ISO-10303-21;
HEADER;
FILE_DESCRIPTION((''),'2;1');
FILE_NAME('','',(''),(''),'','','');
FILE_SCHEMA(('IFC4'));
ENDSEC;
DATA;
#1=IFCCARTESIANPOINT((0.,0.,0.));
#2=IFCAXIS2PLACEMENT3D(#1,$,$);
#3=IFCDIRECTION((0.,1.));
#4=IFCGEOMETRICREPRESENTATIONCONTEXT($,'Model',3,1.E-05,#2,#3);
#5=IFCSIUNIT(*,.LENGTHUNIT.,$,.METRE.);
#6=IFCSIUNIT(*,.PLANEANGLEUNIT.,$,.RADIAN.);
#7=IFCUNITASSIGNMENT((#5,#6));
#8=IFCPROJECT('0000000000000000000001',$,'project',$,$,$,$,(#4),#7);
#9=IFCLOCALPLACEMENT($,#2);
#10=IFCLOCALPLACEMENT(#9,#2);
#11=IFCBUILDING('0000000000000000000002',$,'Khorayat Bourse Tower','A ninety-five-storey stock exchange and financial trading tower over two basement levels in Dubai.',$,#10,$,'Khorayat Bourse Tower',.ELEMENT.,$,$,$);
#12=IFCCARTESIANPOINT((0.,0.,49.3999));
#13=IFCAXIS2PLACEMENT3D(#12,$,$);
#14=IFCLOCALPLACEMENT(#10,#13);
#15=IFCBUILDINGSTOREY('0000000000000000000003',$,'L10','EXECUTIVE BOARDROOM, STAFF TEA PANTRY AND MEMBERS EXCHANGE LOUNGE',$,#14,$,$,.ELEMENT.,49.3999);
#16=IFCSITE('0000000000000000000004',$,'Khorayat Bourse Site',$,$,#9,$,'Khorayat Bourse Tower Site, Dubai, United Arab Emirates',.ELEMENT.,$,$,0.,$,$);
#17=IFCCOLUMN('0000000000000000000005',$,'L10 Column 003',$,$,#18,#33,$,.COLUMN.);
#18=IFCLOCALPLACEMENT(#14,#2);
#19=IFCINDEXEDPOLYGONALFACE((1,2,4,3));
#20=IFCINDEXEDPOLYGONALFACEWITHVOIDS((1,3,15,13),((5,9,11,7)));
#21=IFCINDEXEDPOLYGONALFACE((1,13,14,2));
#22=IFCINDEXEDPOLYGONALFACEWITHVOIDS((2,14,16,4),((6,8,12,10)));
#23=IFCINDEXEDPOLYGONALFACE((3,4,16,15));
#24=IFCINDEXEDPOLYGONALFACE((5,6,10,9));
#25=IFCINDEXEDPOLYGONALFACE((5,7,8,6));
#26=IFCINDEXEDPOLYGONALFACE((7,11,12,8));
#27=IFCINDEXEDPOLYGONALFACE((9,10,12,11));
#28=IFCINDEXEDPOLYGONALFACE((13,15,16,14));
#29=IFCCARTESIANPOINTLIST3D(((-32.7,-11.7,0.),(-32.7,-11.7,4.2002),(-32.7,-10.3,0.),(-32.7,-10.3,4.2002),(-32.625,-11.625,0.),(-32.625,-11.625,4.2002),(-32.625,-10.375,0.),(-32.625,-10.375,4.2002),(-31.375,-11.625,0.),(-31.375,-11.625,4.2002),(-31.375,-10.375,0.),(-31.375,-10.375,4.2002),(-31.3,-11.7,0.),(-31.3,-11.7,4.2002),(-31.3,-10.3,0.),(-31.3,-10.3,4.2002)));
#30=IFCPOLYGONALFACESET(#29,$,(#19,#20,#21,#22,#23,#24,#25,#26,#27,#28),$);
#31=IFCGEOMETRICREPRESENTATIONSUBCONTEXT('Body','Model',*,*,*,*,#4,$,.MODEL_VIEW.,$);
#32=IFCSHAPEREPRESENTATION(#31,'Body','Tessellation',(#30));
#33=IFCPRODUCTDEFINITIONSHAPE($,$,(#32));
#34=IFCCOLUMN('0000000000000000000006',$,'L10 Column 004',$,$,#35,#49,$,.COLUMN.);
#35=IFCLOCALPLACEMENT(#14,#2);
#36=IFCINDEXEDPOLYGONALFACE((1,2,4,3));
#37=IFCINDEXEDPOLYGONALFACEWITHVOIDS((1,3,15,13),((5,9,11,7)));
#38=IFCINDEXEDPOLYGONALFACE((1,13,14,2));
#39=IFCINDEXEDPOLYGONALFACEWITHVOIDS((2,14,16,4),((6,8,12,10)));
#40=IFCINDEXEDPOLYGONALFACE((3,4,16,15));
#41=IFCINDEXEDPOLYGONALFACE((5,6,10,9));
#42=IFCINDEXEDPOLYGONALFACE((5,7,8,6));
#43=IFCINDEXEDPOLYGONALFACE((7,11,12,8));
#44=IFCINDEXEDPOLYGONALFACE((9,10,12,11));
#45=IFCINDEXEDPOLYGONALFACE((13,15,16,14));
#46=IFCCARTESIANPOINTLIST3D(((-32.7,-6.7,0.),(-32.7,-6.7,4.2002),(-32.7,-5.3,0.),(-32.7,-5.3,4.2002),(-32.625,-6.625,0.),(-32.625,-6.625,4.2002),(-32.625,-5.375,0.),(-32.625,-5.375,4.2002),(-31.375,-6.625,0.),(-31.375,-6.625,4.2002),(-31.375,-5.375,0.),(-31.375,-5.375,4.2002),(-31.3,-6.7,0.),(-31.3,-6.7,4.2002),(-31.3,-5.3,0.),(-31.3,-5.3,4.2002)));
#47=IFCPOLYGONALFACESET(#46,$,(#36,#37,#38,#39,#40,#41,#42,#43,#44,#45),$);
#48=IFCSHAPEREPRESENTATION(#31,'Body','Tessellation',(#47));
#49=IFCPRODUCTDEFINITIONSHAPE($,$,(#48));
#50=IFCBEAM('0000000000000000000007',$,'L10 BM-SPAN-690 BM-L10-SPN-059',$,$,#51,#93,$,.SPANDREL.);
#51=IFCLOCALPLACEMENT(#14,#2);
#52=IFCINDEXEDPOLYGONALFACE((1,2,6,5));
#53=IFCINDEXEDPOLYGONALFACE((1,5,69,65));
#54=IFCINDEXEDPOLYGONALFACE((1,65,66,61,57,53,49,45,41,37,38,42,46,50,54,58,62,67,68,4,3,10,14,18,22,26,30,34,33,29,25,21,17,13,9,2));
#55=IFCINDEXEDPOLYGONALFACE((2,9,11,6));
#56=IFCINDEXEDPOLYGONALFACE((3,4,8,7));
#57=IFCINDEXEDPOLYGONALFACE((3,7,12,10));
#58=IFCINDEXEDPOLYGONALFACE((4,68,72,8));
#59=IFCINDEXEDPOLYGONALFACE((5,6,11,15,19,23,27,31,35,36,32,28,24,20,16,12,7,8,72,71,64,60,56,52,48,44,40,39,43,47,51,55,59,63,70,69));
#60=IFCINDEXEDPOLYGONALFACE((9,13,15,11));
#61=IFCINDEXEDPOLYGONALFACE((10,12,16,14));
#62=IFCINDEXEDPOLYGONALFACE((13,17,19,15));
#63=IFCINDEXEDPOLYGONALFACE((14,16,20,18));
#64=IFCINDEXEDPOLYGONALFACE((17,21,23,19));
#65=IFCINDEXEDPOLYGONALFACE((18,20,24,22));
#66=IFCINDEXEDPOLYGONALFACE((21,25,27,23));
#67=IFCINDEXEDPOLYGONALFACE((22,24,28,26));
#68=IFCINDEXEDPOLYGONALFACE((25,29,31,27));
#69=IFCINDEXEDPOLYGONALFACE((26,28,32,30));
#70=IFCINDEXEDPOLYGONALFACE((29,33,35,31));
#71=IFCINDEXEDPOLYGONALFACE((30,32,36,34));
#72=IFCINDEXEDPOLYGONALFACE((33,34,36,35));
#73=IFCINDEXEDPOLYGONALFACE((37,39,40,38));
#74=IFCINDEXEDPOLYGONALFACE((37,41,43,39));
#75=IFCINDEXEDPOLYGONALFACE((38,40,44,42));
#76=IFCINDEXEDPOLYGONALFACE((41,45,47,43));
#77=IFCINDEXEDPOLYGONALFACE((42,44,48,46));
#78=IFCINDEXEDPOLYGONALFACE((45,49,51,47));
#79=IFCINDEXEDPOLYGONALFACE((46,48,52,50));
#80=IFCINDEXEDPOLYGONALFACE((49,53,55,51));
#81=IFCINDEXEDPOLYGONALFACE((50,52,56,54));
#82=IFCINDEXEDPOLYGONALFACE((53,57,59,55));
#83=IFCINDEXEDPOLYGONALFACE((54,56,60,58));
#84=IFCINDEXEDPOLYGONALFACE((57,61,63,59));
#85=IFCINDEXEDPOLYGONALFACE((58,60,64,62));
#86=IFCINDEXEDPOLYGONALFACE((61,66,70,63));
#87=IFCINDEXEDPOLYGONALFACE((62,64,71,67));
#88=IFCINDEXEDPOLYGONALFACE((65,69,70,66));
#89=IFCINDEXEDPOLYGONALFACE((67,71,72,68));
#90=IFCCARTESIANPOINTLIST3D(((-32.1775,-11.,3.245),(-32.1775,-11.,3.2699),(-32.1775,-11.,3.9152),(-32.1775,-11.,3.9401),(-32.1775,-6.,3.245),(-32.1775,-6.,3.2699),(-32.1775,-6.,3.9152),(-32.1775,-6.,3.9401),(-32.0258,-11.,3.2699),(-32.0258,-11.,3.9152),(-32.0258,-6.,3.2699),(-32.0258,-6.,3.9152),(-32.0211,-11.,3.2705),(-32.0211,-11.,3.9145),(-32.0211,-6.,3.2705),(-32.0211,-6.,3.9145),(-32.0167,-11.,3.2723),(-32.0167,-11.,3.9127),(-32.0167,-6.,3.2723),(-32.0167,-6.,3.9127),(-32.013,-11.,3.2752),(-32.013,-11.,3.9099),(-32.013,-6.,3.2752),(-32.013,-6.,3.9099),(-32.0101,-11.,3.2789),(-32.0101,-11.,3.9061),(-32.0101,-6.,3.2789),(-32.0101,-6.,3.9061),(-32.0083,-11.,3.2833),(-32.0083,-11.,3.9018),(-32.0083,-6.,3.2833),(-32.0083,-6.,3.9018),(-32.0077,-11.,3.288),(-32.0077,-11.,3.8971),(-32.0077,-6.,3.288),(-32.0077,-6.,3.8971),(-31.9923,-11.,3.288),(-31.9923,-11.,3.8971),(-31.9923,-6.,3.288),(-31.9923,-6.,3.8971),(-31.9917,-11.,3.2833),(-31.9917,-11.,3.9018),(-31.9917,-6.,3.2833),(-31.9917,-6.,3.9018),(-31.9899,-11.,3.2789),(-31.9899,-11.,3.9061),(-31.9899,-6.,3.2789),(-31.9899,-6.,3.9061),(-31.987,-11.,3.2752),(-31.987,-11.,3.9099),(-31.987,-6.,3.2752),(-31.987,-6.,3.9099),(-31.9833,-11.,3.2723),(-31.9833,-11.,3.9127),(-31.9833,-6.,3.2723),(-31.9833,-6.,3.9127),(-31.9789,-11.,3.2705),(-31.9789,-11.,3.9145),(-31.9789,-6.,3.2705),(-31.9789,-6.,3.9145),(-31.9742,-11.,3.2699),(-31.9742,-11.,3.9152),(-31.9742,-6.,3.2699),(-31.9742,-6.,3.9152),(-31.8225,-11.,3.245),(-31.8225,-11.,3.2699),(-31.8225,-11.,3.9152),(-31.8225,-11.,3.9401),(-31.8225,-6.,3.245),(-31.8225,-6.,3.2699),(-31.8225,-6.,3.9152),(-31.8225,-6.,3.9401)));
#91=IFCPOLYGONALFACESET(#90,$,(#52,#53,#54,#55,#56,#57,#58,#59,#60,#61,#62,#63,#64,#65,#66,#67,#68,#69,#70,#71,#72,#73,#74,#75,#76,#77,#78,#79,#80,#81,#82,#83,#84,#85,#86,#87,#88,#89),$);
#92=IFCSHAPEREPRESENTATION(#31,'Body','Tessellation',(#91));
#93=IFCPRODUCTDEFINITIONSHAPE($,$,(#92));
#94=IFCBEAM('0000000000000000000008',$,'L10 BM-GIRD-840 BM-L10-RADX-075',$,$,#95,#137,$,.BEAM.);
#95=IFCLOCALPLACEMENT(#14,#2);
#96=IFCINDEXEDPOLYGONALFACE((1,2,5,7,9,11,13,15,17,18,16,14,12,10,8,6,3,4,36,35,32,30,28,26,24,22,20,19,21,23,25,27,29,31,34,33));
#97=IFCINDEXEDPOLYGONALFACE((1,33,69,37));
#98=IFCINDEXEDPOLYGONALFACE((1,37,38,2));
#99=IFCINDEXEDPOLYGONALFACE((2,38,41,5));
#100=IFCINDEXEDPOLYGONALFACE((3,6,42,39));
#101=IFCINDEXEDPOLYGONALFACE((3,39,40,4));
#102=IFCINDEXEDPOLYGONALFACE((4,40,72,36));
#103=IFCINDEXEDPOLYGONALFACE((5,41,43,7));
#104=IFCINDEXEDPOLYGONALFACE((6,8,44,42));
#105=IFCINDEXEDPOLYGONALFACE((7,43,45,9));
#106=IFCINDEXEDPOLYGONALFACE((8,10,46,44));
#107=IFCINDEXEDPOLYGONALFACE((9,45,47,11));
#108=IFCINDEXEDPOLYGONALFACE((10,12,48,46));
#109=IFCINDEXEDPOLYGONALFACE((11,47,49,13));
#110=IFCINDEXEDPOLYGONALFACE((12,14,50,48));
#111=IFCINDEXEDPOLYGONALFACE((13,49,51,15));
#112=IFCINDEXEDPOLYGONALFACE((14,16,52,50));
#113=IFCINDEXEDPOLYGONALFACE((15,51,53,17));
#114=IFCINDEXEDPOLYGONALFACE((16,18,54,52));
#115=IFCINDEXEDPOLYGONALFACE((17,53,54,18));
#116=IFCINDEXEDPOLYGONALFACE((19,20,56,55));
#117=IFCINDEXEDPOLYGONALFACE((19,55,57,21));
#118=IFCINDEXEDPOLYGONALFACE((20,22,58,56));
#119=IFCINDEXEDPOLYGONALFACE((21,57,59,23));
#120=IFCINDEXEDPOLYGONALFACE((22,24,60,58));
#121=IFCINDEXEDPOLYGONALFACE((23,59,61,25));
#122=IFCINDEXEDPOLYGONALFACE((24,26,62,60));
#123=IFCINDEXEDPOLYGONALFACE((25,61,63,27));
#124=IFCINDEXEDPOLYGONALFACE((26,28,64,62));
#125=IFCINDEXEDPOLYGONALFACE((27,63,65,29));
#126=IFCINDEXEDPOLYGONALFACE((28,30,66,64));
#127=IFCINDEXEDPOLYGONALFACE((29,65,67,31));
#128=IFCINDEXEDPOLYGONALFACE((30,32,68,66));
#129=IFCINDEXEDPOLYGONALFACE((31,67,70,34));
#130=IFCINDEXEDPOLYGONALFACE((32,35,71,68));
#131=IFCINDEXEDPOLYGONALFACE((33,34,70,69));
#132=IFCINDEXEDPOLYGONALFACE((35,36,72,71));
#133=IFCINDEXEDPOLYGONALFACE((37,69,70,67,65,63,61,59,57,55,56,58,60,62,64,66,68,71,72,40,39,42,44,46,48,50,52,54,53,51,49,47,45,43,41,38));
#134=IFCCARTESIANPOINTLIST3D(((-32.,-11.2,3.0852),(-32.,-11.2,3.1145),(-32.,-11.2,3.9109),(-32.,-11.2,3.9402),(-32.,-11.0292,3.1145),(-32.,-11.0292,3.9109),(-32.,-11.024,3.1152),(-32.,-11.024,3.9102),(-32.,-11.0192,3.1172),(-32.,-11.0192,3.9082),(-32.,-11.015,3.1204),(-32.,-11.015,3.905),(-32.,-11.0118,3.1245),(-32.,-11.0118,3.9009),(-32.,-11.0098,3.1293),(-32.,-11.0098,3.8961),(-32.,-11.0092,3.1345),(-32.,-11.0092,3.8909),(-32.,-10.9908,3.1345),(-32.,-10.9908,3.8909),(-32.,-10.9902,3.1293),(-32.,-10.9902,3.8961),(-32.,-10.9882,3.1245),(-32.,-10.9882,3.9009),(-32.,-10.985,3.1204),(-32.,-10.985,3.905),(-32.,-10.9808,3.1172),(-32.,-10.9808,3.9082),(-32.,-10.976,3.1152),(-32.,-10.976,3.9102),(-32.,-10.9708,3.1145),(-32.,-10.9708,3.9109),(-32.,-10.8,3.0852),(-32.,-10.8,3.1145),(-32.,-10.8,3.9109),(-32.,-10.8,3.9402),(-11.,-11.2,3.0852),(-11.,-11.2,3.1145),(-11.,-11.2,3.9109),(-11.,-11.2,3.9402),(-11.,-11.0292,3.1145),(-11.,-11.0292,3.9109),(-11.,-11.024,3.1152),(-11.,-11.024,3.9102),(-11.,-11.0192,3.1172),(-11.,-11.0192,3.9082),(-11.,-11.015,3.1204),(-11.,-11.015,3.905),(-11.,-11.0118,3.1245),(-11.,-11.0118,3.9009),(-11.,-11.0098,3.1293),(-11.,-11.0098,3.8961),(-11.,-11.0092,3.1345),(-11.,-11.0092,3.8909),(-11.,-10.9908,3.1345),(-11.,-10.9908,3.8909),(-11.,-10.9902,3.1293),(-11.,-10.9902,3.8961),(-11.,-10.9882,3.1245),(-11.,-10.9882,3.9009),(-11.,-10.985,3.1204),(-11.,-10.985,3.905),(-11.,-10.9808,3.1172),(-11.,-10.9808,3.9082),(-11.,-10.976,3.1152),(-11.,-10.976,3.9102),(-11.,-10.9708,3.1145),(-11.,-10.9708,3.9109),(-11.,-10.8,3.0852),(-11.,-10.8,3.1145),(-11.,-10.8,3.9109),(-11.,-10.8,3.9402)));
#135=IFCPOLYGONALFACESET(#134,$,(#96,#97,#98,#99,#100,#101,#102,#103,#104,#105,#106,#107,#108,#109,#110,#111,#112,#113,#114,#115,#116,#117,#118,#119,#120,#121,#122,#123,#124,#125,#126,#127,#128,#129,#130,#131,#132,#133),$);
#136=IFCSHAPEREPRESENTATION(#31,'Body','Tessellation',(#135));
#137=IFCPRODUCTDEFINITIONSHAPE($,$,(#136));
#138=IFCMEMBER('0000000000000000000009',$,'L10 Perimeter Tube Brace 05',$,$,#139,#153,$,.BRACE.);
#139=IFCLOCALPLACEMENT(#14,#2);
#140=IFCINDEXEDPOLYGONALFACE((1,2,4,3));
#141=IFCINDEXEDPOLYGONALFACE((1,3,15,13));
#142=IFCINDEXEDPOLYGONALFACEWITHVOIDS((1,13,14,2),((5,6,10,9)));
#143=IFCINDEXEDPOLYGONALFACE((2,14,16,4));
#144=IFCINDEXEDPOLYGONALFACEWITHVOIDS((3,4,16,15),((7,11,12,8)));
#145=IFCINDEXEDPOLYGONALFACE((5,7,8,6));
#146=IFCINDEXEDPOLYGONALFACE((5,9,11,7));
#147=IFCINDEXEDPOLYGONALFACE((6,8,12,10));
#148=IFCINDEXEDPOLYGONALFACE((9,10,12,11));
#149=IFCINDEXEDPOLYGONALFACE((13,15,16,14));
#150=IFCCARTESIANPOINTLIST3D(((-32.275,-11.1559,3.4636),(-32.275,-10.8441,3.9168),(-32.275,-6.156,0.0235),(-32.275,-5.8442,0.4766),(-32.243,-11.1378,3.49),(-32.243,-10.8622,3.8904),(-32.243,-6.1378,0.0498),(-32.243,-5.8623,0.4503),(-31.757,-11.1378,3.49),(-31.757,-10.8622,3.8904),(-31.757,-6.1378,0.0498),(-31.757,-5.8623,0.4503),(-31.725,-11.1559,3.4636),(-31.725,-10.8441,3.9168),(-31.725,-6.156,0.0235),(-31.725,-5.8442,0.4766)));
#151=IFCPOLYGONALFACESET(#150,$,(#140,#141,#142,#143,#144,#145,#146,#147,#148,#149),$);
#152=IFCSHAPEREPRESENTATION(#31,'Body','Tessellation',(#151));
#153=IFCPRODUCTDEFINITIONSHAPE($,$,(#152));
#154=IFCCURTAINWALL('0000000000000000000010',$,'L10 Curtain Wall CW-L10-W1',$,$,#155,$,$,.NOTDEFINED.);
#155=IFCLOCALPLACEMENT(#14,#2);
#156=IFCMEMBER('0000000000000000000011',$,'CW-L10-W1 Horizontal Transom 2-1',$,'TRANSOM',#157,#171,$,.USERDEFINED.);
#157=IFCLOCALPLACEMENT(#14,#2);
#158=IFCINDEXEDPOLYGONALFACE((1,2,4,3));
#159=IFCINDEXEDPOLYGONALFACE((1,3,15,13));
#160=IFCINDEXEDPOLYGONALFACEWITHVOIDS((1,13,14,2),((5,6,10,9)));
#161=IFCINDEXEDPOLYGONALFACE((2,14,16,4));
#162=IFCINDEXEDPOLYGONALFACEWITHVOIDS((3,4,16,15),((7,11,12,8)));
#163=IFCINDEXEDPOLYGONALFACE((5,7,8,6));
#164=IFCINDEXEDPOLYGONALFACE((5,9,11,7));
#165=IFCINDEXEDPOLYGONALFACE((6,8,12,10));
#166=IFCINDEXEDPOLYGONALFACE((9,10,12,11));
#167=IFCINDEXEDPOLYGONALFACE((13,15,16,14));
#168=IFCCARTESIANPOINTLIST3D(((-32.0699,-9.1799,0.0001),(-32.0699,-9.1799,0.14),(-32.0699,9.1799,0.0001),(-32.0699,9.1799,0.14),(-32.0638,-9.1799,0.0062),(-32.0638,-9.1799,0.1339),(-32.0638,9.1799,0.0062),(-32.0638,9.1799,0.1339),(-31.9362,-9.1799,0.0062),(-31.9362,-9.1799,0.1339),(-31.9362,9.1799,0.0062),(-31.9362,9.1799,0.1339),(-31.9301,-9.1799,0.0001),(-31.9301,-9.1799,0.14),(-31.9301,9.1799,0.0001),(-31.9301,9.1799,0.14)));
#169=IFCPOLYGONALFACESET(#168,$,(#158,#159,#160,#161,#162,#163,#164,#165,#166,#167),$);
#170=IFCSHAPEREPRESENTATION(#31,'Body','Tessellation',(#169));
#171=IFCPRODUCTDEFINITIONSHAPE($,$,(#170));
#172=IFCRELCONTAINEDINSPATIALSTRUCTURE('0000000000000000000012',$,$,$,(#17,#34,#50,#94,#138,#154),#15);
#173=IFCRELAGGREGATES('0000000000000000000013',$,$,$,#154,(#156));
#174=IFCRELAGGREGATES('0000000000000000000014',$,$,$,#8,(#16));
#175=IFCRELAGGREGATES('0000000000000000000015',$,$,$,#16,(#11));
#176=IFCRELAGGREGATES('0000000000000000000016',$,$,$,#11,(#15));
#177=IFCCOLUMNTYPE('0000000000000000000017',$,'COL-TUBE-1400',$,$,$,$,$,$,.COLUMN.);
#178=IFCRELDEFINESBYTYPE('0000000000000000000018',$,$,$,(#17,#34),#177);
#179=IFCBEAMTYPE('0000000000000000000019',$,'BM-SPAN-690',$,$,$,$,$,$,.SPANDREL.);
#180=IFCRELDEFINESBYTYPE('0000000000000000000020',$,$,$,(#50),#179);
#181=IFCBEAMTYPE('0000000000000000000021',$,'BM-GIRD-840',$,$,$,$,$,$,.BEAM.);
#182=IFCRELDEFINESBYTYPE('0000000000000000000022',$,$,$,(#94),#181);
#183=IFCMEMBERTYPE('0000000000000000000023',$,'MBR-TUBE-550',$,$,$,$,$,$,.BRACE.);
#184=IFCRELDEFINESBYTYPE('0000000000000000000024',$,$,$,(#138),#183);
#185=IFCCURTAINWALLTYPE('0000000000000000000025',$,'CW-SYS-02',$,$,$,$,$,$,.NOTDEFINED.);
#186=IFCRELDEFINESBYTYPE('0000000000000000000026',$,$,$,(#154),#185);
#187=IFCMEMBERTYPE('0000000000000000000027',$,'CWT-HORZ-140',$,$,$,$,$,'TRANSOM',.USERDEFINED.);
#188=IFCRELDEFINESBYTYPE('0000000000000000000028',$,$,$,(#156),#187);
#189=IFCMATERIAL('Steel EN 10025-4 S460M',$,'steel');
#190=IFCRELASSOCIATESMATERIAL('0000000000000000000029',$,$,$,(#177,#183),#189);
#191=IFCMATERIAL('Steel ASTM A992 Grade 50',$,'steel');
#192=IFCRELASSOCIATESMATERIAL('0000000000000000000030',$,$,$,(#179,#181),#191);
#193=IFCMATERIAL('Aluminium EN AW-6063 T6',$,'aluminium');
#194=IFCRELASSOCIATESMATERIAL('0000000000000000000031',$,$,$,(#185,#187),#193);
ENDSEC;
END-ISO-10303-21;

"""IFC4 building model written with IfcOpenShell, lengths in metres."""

from ifc_helpers import new_model, si_unit, direction, frame, origin, origin_2d, place, context, subcontext, project, spatial, hollow_rectangle, i_section, extrude, source, transform, mapped, material, material_profile, profile_set, type_object, element, aggregate, save


model = new_model("IFC4")

# Units and contexts
model_context = context("Model", 3, precision=1e-05, world=origin(), true_north=direction((0.0, 1.0)))
body_context = subcontext(model_context, "Body", "Model", "MODEL_VIEW")
ifc_project = project(units=[si_unit("LENGTHUNIT", "METRE"), si_unit("PLANEANGLEUNIT", "RADIAN")], contexts=[model_context])

# Site, building, storey
site_placement = place(None, origin())
site = spatial("IfcSite", under=ifc_project, at=site_placement, Name="Khorayat Bourse Site", LongName="Khorayat Bourse Tower Site, Dubai, United Arab Emirates", CompositionType="ELEMENT", RefElevation=0.0)
building_placement = place(site_placement, origin())
building = spatial("IfcBuilding", under=site, at=building_placement, Name="Khorayat Bourse Tower", Description="A ninety-five-storey stock exchange and financial trading tower over two basement levels in Dubai.", LongName="Khorayat Bourse Tower", CompositionType="ELEMENT")
storey_placement = place(building_placement, frame((0.0, 0.0, 49.3999)))
storey = spatial("IfcBuildingStorey", under=building, at=storey_placement, Name="L10", Description="EXECUTIVE BOARDROOM, STAFF TEA PANTRY AND MEMBERS EXCHANGE LOUNGE", CompositionType="ELEMENT", Elevation=49.3999)

# Columns
ifc_material_1 = material(Name="Steel EN 10025-4 S460M", Category="steel")
ifc_material_profile_1 = material_profile(ifc_material_1, hollow_rectangle(XDim=1.3999, YDim=1.3999, WallThickness=0.075, at=origin_2d()), Name="BOX 1400x1400x75")
ifc_profile_set_1 = profile_set([ifc_material_profile_1], Name="Steel EN 10025-4 S460M")
column_type = type_object("IfcColumnType", Name="COL-TUBE-1400", PredefinedType="COLUMN", material=ifc_profile_set_1)
shared_shape_1 = source(origin(), body_context, "Body", "SweptSolid", [
    extrude(hollow_rectangle(XDim=1.3999, YDim=1.3999, WallThickness=0.075, at=origin_2d()), origin(), (0.0, 0.0, 1.0), 4.2002),
])
for number, where, z_axis, x_axis, name in (
    (1, (-32.0, -11.0, 0.0), (0.0, 0.0, 1.0), (1.0, 0.0, 0.0), "L10 Column 003"),
    (2, (-32.0, -6.0, 0.0), (0.0, 0.0, 1.0), (1.0, 0.0, 0.0), "L10 Column 004"),
):
    element("IfcColumn", number, at=place(storey_placement, frame(where, z_axis=z_axis, x_axis=x_axis)), inside=storey, type_object=column_type, Name=name, PredefinedType="COLUMN", context=body_context, shape_type="MappedRepresentation", body=[
        mapped(shared_shape_1, transform((0.0, 0.0, 0.0), scale=1.0)),
    ])

# Beams
ifc_material_2 = material(Name="Steel ASTM A992 Grade 50", Category="steel")
ifc_material_profile_2 = material_profile(ifc_material_2, i_section(OverallWidth=0.355, OverallDepth=0.6951, WebThickness=0.0154, FlangeThickness=0.0249, FilletRadius=0.0181, at=origin_2d()), Name="W690X217")
ifc_profile_set_2 = profile_set([ifc_material_profile_2], Name="Steel ASTM A992 Grade 50")
beam_type_1 = type_object("IfcBeamType", Name="BM-SPAN-690", PredefinedType="SPANDREL", material=ifc_profile_set_2)
shared_shape_2 = source(origin(), body_context, "Body", "SweptSolid", [
    extrude(i_section(OverallWidth=0.355, OverallDepth=0.6951, WebThickness=0.0154, FlangeThickness=0.0249, FilletRadius=0.0181, at=origin_2d()), origin(), (0.0, 0.0, 1.0), 5.0),
])
beam_1_placement = place(storey_placement, frame((-32.0, -11.0, 3.5925), z_axis=(0.0, 1.0, 0.0), x_axis=(-1.0, 0.0, 0.0)))
element("IfcBeam", 3, at=beam_1_placement, inside=storey, type_object=beam_type_1, Name="L10 BM-SPAN-690 BM-L10-SPN-059", PredefinedType="SPANDREL", context=body_context, shape_type="MappedRepresentation", body=[
    mapped(shared_shape_2, transform((0.0, 0.0, 0.0), scale=1.0)),
])
ifc_material_profile_3 = material_profile(ifc_material_2, i_section(OverallWidth=0.3999, OverallDepth=0.855, WebThickness=0.0183, FlangeThickness=0.0293, FilletRadius=0.02, at=origin_2d()), Name="W840X299")
ifc_profile_set_3 = profile_set([ifc_material_profile_3], Name="Steel ASTM A992 Grade 50")
beam_type_2 = type_object("IfcBeamType", Name="BM-GIRD-840", PredefinedType="BEAM", material=ifc_profile_set_3)
shared_shape_3 = source(origin(), body_context, "Body", "SweptSolid", [
    extrude(i_section(OverallWidth=0.3999, OverallDepth=0.855, WebThickness=0.0183, FlangeThickness=0.0293, FilletRadius=0.02, at=origin_2d()), origin(), (0.0, 0.0, 1.0), 21.0),
])
beam_2_placement = place(storey_placement, frame((-32.0, -11.0, 3.5127), z_axis=(1.0, 0.0, 0.0), x_axis=(0.0, 1.0, 0.0)))
element("IfcBeam", 4, at=beam_2_placement, inside=storey, type_object=beam_type_2, Name="L10 BM-GIRD-840 BM-L10-RADX-075", PredefinedType="BEAM", context=body_context, shape_type="MappedRepresentation", body=[
    mapped(shared_shape_3, transform((0.0, 0.0, 0.0), scale=1.0)),
])

# Member
ifc_material_profile_4 = material_profile(ifc_material_1, hollow_rectangle(XDim=0.55, YDim=0.55, WallThickness=0.032, at=origin_2d()), Name="HSS 550x550x32")
ifc_profile_set_4 = profile_set([ifc_material_profile_4], Name="Steel EN 10025-4 S460M")
member_type_1 = type_object("IfcMemberType", Name="MBR-TUBE-550", PredefinedType="BRACE", material=ifc_profile_set_4)
shared_shape_4 = source(origin(), body_context, "Body", "SweptSolid", [
    extrude(hollow_rectangle(XDim=0.55, YDim=0.55, WallThickness=0.032, at=origin_2d()), origin(), (0.0, 0.0, 1.0), 6.0691),
])
member_1_placement = place(storey_placement, frame((-32.0, -11.0, 3.6902), z_axis=(0.0, 0.823835, -0.566829), x_axis=(-1.0, 0.0, 0.0)))
element("IfcMember", 5, at=member_1_placement, inside=storey, type_object=member_type_1, Name="L10 Perimeter Tube Brace 05", PredefinedType="BRACE", context=body_context, shape_type="MappedRepresentation", body=[
    mapped(shared_shape_4, transform((0.0, 0.0, 0.0), scale=1.0)),
])

# Curtain wall, member
ifc_material_3 = material(Name="Aluminium EN AW-6063 T6", Category="aluminium")
curtain_wall_type = type_object("IfcCurtainWallType", Name="CW-SYS-02", PredefinedType="NOTDEFINED", material=ifc_material_3)
curtain_wall_placement = place(storey_placement, origin())
curtain_wall = element("IfcCurtainWall", 6, at=curtain_wall_placement, inside=storey, type_object=curtain_wall_type, Name="L10 Curtain Wall CW-L10-W1", PredefinedType="NOTDEFINED")
ifc_material_profile_5 = material_profile(ifc_material_3, hollow_rectangle(XDim=0.1399, YDim=0.1399, WallThickness=0.0061, at=origin_2d()), Name="ALU 140x140x6")
ifc_profile_set_5 = profile_set([ifc_material_profile_5], Name="Aluminium EN AW-6063 T6")
member_type_2 = type_object("IfcMemberType", Name="CWT-HORZ-140", ElementType="TRANSOM", PredefinedType="USERDEFINED", material=ifc_profile_set_5)
shared_shape_5 = source(origin(), body_context, "Body", "SweptSolid", [
    extrude(hollow_rectangle(XDim=0.1399, YDim=0.1399, WallThickness=0.0061, at=origin_2d()), origin(), (0.0, 0.0, 1.0), 18.3599),
])
member_2_placement = place(storey_placement, frame((-32.0, -9.1799, 0.0701), z_axis=(0.0, 1.0, 0.0), x_axis=(-1.0, 0.0, 0.0)))
member_2 = element("IfcMember", 7, at=member_2_placement, type_object=member_type_2, Name="CW-L10-W1 Horizontal Transom 2-1", ObjectType="TRANSOM", PredefinedType="USERDEFINED", context=body_context, shape_type="MappedRepresentation", body=[
    mapped(shared_shape_5, transform((0.0, 0.0, 0.0), scale=1.0)),
])

aggregate(curtain_wall, [member_2])

save(model, "model.ifc")
